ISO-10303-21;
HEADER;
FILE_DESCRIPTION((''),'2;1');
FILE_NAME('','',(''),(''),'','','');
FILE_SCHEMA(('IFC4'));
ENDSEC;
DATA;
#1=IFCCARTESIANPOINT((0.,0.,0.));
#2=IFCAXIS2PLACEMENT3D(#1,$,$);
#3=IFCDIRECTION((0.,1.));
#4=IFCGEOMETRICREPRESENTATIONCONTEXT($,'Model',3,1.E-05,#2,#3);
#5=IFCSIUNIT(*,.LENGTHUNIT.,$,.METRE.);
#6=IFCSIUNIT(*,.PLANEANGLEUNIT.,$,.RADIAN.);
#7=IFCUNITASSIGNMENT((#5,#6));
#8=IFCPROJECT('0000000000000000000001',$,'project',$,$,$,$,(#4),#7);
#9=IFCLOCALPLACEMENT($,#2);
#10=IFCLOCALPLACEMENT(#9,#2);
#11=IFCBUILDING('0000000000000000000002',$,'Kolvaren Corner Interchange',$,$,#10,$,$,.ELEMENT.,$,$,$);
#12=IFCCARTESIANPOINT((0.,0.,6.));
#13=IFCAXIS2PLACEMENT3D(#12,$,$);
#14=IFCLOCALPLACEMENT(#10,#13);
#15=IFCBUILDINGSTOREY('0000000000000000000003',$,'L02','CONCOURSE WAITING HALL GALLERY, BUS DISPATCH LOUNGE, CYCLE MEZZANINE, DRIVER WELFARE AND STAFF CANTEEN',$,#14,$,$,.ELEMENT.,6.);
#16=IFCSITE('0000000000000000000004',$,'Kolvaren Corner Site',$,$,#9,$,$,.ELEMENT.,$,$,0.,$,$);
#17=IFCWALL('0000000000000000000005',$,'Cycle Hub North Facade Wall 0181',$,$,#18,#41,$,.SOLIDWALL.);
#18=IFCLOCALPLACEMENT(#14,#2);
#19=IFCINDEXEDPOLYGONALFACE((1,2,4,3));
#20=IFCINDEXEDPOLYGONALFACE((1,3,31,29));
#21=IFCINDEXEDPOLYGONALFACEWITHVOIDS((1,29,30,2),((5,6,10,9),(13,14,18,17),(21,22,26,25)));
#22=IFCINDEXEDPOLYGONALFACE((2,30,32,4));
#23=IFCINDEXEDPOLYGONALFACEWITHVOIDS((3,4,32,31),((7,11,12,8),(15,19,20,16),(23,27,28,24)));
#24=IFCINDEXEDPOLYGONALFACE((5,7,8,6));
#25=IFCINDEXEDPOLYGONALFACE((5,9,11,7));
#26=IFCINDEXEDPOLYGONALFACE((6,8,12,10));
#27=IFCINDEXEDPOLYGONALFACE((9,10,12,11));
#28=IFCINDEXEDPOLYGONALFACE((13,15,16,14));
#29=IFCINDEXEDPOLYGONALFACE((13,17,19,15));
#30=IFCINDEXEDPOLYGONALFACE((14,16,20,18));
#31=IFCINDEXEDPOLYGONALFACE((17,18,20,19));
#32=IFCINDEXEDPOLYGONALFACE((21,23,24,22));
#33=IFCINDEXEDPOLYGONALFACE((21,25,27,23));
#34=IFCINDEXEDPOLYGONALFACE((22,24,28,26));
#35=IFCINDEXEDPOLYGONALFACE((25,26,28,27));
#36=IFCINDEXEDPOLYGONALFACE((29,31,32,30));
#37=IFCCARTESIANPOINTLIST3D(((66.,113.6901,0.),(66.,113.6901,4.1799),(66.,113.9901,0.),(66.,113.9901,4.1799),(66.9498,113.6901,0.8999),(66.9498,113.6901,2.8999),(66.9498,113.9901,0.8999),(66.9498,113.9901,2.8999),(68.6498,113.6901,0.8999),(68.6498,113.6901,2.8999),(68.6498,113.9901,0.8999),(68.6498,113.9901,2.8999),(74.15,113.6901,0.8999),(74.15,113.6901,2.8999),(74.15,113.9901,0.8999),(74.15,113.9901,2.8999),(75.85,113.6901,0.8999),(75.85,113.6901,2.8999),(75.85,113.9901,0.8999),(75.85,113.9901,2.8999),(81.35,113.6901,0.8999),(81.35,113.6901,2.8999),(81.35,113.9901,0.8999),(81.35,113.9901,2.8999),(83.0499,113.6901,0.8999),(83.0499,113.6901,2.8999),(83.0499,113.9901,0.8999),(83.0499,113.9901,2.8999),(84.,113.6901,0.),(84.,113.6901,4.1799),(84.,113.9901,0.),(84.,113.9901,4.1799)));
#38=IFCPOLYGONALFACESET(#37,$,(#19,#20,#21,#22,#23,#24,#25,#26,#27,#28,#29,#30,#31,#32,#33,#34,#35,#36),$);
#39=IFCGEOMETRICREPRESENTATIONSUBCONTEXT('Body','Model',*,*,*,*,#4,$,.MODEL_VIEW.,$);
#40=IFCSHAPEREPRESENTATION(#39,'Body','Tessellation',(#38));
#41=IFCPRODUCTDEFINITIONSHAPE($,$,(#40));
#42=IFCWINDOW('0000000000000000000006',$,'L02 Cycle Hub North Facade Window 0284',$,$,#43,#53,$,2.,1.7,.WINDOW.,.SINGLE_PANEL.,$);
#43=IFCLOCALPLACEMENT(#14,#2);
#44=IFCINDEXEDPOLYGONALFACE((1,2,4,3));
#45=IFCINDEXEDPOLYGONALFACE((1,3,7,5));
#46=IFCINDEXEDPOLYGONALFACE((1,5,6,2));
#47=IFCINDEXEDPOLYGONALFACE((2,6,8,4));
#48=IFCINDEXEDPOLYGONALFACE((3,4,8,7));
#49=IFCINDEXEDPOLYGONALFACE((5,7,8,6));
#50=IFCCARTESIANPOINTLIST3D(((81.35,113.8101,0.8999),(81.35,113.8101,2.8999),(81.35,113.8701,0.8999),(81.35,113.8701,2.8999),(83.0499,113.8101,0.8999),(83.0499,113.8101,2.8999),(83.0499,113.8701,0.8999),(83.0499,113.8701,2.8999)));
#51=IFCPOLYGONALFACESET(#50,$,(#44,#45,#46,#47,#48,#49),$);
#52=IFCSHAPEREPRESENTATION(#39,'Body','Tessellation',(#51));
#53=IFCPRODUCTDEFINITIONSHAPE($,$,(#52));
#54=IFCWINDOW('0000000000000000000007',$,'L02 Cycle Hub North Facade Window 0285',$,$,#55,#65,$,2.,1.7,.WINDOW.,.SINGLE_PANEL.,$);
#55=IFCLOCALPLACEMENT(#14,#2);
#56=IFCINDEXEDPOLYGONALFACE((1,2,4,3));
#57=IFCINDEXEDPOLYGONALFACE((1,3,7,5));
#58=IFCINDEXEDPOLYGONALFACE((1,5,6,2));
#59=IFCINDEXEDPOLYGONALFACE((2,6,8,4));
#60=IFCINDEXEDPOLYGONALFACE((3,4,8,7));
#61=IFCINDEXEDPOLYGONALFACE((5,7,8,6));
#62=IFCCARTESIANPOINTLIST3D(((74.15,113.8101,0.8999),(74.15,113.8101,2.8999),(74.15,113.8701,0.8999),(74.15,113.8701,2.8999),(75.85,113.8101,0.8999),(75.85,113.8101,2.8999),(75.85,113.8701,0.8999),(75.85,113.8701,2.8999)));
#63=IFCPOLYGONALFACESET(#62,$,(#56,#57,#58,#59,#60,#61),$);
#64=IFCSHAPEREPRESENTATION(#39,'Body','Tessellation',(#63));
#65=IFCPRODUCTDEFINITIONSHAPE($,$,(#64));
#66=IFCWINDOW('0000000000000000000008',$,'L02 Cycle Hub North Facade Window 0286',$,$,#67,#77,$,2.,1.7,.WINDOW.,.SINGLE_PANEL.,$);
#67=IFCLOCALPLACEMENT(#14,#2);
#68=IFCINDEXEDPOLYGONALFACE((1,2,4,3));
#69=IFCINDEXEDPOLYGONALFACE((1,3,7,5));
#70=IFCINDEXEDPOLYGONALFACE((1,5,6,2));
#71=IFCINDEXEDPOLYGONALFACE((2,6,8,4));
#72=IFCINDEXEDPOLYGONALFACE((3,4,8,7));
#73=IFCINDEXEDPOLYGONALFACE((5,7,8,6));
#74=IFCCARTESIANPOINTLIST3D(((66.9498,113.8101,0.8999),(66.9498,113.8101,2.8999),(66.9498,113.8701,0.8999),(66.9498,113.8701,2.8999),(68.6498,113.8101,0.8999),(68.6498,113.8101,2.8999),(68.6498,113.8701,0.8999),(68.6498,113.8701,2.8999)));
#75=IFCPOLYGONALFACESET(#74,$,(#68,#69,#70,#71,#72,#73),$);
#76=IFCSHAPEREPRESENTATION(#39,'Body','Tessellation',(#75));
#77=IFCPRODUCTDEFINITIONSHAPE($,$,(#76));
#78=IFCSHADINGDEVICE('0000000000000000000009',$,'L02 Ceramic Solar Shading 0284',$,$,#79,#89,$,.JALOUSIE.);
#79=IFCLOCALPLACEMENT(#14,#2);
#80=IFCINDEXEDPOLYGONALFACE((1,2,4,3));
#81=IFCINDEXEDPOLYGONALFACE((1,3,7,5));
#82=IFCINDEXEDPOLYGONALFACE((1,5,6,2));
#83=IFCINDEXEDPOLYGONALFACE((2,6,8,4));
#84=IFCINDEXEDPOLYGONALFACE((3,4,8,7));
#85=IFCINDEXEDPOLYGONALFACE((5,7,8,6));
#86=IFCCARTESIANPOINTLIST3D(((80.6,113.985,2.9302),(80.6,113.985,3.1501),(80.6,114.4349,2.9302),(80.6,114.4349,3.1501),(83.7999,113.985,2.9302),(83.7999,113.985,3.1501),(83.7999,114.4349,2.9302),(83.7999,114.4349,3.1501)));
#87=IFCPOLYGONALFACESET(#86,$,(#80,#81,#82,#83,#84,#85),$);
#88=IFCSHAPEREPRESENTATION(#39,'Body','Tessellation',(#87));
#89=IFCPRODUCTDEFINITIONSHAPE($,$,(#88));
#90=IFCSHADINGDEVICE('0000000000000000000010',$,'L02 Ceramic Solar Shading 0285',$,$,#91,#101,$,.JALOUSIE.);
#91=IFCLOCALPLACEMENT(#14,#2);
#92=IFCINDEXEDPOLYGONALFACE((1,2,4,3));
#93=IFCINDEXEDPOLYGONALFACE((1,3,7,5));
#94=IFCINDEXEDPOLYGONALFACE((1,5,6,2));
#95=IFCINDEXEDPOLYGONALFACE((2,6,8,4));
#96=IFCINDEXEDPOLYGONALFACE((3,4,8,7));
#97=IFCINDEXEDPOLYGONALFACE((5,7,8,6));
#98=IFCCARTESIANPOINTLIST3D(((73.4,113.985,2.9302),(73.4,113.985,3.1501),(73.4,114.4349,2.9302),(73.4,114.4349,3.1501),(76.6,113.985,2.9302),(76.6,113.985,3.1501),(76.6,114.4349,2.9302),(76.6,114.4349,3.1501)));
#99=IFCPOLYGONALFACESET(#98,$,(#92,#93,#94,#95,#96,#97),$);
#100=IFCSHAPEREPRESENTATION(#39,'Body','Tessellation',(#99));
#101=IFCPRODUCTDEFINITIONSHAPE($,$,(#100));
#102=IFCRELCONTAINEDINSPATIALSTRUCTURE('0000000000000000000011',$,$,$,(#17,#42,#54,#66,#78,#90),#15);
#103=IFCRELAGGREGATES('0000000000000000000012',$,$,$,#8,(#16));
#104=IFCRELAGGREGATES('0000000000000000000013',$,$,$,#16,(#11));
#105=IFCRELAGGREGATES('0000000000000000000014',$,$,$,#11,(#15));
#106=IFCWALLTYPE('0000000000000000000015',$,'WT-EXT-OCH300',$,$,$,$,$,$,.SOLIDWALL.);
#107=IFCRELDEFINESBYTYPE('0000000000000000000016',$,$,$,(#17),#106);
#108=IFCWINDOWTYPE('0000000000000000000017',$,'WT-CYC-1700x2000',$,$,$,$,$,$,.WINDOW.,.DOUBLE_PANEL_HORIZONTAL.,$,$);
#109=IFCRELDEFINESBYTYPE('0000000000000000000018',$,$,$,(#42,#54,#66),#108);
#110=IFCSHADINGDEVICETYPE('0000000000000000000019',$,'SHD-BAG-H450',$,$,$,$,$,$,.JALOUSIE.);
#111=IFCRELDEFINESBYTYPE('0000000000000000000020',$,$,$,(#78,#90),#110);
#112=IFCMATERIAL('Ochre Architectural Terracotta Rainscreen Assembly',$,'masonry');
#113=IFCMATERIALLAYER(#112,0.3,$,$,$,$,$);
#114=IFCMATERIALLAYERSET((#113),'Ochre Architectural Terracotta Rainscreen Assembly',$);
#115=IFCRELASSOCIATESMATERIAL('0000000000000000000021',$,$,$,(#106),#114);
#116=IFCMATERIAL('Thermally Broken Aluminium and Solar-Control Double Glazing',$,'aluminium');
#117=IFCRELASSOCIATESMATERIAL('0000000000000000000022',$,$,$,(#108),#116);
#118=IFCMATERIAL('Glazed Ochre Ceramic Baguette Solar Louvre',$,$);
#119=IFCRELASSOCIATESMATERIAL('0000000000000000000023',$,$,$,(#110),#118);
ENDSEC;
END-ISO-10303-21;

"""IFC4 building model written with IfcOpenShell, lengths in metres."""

from ifc_helpers import new_model, si_unit, direction, frame, frame_2d, origin, origin_2d, place, context, subcontext, project, spatial, rectangle, extrude, material, layer, layer_set, type_object, element, fill, save


model = new_model("IFC4")

# Units and contexts
model_context = context("Model", 3, precision=1e-05, world=origin(), true_north=direction((0.0, 1.0)))
body_context = subcontext(model_context, "Body", "Model", "MODEL_VIEW")
ifc_project = project(units=[si_unit("LENGTHUNIT", "METRE"), si_unit("PLANEANGLEUNIT", "RADIAN")], contexts=[model_context])

# Site, building, storey
site_placement = place(None, origin())
site = spatial("IfcSite", under=ifc_project, at=site_placement, Name="Kolvaren Corner Site", CompositionType="ELEMENT", RefElevation=0.0)
building_placement = place(site_placement, origin())
building = spatial("IfcBuilding", under=site, at=building_placement, Name="Kolvaren Corner Interchange", CompositionType="ELEMENT")
storey_placement = place(building_placement, frame((0.0, 0.0, 6.0)))
storey = spatial("IfcBuildingStorey", under=building, at=storey_placement, Name="L02", Description="CONCOURSE WAITING HALL GALLERY, BUS DISPATCH LOUNGE, CYCLE MEZZANINE, DRIVER WELFARE AND STAFF CANTEEN", CompositionType="ELEMENT", Elevation=6.0)

# Wall, openings, windows
ifc_material_1 = material(Name="Ochre Architectural Terracotta Rainscreen Assembly", Category="masonry")
ifc_layer_1 = layer(ifc_material_1, 0.3)
ifc_layer_set_1 = layer_set([ifc_layer_1], Name="Ochre Architectural Terracotta Rainscreen Assembly")
wall_type = type_object("IfcWallType", Name="WT-EXT-OCH300", PredefinedType="SOLIDWALL", material=ifc_layer_set_1)
wall_placement = place(storey_placement, frame((84.0, 113.8401, 0.0), z_axis=(0.0, 0.0, 1.0), x_axis=(-1.0, 0.0, 0.0)))
wall = element("IfcWall", 1, at=wall_placement, inside=storey, type_object=wall_type, Name="Cycle Hub North Facade Wall 0181", PredefinedType="SOLIDWALL", context=body_context, shape_type="SweptSolid", body=[
    extrude(rectangle(XDim=18.0, YDim=0.3, at=frame_2d((9.0, 0.0))), origin(), (0.0, 0.0, 1.0), 4.1799),
])
opening_1_placement = place(wall_placement, frame((0.95, 0.0, 0.8999)))
opening_1 = element("IfcOpeningElement", 2, at=opening_1_placement, cuts=wall, PredefinedType="OPENING", context=body_context, shape_type="SweptSolid", body=[
    extrude(rectangle(XDim=1.7, YDim=2.0, at=frame_2d((0.8501, 1.0))), frame((0.0, 0.1599, 0.0), z_axis=(0.0, -1.0, 0.0), x_axis=(1.0, 0.0, 0.0)), (0.0, 0.0, 1.0), 0.3201),
])
opening_2_placement = place(wall_placement, frame((8.1499, 0.0, 0.8999)))
opening_2 = element("IfcOpeningElement", 3, at=opening_2_placement, cuts=wall, PredefinedType="OPENING", context=body_context, shape_type="SweptSolid", body=[
    extrude(rectangle(XDim=1.7, YDim=2.0, at=frame_2d((0.8501, 1.0))), frame((0.0, 0.1599, 0.0), z_axis=(0.0, -1.0, 0.0), x_axis=(1.0, 0.0, 0.0)), (0.0, 0.0, 1.0), 0.3201),
])
opening_3_placement = place(wall_placement, frame((15.3501, 0.0, 0.8999)))
opening_3 = element("IfcOpeningElement", 4, at=opening_3_placement, cuts=wall, PredefinedType="OPENING", context=body_context, shape_type="SweptSolid", body=[
    extrude(rectangle(XDim=1.7, YDim=2.0, at=frame_2d((0.8501, 1.0))), frame((0.0, 0.1599, 0.0), z_axis=(0.0, -1.0, 0.0), x_axis=(1.0, 0.0, 0.0)), (0.0, 0.0, 1.0), 0.3201),
])
ifc_material_2 = material(Name="Thermally Broken Aluminium and Solar-Control Double Glazing", Category="aluminium")
window_type = type_object("IfcWindowType", Name="WT-CYC-1700x2000", PartitioningType="DOUBLE_PANEL_HORIZONTAL", PredefinedType="WINDOW", material=ifc_material_2)
window_1_placement = place(opening_1_placement, origin())
window_1 = element("IfcWindow", 5, at=window_1_placement, inside=storey, type_object=window_type, Name="L02 Cycle Hub North Facade Window 0284", OverallHeight=2.0, OverallWidth=1.7, PartitioningType="SINGLE_PANEL", PredefinedType="WINDOW", context=body_context, shape_type="SweptSolid", body=[
    extrude(rectangle(XDim=1.7, YDim=2.0, at=frame_2d((0.8501, 1.0))), frame((0.0, 0.03, 0.0), z_axis=(0.0, -1.0, 0.0), x_axis=(1.0, 0.0, 0.0)), (0.0, 0.0, 1.0), 0.0601),
])
fill(opening_1, window_1)
window_2_placement = place(opening_2_placement, origin())
window_2 = element("IfcWindow", 6, at=window_2_placement, inside=storey, type_object=window_type, Name="L02 Cycle Hub North Facade Window 0285", OverallHeight=2.0, OverallWidth=1.7, PartitioningType="SINGLE_PANEL", PredefinedType="WINDOW", context=body_context, shape_type="SweptSolid", body=[
    extrude(rectangle(XDim=1.7, YDim=2.0, at=frame_2d((0.8501, 1.0))), frame((0.0, 0.03, 0.0), z_axis=(0.0, -1.0, 0.0), x_axis=(1.0, 0.0, 0.0)), (0.0, 0.0, 1.0), 0.0601),
])
fill(opening_2, window_2)
window_3_placement = place(opening_3_placement, origin())
window_3 = element("IfcWindow", 7, at=window_3_placement, inside=storey, type_object=window_type, Name="L02 Cycle Hub North Facade Window 0286", OverallHeight=2.0, OverallWidth=1.7, PartitioningType="SINGLE_PANEL", PredefinedType="WINDOW", context=body_context, shape_type="SweptSolid", body=[
    extrude(rectangle(XDim=1.7, YDim=2.0, at=frame_2d((0.8501, 1.0))), frame((0.0, 0.03, 0.0), z_axis=(0.0, -1.0, 0.0), x_axis=(1.0, 0.0, 0.0)), (0.0, 0.0, 1.0), 0.0601),
])
fill(opening_3, window_3)

# Shading devices
ifc_material_3 = material(Name="Glazed Ochre Ceramic Baguette Solar Louvre")
shading_device_type = type_object("IfcShadingDeviceType", Name="SHD-BAG-H450", PredefinedType="JALOUSIE", material=ifc_material_3)
for number, where, z_axis, x_axis, name in (
    (8, (82.2, 114.21, 2.9302), (0.0, 0.0, 1.0), (-1.0, 0.0, 0.0), "L02 Ceramic Solar Shading 0284"),
    (9, (75.0, 114.21, 2.9302), (0.0, 0.0, 1.0), (-1.0, 0.0, 0.0), "L02 Ceramic Solar Shading 0285"),
):
    element("IfcShadingDevice", number, at=place(storey_placement, frame(where, z_axis=z_axis, x_axis=x_axis)), inside=storey, type_object=shading_device_type, Name=name, PredefinedType="JALOUSIE", context=body_context, shape_type="SweptSolid", body=[
        extrude(rectangle(XDim=3.2, YDim=0.45, at=origin_2d()), origin(), (0.0, 0.0, 1.0), 0.22),
    ])

save(model, "model.ifc")
